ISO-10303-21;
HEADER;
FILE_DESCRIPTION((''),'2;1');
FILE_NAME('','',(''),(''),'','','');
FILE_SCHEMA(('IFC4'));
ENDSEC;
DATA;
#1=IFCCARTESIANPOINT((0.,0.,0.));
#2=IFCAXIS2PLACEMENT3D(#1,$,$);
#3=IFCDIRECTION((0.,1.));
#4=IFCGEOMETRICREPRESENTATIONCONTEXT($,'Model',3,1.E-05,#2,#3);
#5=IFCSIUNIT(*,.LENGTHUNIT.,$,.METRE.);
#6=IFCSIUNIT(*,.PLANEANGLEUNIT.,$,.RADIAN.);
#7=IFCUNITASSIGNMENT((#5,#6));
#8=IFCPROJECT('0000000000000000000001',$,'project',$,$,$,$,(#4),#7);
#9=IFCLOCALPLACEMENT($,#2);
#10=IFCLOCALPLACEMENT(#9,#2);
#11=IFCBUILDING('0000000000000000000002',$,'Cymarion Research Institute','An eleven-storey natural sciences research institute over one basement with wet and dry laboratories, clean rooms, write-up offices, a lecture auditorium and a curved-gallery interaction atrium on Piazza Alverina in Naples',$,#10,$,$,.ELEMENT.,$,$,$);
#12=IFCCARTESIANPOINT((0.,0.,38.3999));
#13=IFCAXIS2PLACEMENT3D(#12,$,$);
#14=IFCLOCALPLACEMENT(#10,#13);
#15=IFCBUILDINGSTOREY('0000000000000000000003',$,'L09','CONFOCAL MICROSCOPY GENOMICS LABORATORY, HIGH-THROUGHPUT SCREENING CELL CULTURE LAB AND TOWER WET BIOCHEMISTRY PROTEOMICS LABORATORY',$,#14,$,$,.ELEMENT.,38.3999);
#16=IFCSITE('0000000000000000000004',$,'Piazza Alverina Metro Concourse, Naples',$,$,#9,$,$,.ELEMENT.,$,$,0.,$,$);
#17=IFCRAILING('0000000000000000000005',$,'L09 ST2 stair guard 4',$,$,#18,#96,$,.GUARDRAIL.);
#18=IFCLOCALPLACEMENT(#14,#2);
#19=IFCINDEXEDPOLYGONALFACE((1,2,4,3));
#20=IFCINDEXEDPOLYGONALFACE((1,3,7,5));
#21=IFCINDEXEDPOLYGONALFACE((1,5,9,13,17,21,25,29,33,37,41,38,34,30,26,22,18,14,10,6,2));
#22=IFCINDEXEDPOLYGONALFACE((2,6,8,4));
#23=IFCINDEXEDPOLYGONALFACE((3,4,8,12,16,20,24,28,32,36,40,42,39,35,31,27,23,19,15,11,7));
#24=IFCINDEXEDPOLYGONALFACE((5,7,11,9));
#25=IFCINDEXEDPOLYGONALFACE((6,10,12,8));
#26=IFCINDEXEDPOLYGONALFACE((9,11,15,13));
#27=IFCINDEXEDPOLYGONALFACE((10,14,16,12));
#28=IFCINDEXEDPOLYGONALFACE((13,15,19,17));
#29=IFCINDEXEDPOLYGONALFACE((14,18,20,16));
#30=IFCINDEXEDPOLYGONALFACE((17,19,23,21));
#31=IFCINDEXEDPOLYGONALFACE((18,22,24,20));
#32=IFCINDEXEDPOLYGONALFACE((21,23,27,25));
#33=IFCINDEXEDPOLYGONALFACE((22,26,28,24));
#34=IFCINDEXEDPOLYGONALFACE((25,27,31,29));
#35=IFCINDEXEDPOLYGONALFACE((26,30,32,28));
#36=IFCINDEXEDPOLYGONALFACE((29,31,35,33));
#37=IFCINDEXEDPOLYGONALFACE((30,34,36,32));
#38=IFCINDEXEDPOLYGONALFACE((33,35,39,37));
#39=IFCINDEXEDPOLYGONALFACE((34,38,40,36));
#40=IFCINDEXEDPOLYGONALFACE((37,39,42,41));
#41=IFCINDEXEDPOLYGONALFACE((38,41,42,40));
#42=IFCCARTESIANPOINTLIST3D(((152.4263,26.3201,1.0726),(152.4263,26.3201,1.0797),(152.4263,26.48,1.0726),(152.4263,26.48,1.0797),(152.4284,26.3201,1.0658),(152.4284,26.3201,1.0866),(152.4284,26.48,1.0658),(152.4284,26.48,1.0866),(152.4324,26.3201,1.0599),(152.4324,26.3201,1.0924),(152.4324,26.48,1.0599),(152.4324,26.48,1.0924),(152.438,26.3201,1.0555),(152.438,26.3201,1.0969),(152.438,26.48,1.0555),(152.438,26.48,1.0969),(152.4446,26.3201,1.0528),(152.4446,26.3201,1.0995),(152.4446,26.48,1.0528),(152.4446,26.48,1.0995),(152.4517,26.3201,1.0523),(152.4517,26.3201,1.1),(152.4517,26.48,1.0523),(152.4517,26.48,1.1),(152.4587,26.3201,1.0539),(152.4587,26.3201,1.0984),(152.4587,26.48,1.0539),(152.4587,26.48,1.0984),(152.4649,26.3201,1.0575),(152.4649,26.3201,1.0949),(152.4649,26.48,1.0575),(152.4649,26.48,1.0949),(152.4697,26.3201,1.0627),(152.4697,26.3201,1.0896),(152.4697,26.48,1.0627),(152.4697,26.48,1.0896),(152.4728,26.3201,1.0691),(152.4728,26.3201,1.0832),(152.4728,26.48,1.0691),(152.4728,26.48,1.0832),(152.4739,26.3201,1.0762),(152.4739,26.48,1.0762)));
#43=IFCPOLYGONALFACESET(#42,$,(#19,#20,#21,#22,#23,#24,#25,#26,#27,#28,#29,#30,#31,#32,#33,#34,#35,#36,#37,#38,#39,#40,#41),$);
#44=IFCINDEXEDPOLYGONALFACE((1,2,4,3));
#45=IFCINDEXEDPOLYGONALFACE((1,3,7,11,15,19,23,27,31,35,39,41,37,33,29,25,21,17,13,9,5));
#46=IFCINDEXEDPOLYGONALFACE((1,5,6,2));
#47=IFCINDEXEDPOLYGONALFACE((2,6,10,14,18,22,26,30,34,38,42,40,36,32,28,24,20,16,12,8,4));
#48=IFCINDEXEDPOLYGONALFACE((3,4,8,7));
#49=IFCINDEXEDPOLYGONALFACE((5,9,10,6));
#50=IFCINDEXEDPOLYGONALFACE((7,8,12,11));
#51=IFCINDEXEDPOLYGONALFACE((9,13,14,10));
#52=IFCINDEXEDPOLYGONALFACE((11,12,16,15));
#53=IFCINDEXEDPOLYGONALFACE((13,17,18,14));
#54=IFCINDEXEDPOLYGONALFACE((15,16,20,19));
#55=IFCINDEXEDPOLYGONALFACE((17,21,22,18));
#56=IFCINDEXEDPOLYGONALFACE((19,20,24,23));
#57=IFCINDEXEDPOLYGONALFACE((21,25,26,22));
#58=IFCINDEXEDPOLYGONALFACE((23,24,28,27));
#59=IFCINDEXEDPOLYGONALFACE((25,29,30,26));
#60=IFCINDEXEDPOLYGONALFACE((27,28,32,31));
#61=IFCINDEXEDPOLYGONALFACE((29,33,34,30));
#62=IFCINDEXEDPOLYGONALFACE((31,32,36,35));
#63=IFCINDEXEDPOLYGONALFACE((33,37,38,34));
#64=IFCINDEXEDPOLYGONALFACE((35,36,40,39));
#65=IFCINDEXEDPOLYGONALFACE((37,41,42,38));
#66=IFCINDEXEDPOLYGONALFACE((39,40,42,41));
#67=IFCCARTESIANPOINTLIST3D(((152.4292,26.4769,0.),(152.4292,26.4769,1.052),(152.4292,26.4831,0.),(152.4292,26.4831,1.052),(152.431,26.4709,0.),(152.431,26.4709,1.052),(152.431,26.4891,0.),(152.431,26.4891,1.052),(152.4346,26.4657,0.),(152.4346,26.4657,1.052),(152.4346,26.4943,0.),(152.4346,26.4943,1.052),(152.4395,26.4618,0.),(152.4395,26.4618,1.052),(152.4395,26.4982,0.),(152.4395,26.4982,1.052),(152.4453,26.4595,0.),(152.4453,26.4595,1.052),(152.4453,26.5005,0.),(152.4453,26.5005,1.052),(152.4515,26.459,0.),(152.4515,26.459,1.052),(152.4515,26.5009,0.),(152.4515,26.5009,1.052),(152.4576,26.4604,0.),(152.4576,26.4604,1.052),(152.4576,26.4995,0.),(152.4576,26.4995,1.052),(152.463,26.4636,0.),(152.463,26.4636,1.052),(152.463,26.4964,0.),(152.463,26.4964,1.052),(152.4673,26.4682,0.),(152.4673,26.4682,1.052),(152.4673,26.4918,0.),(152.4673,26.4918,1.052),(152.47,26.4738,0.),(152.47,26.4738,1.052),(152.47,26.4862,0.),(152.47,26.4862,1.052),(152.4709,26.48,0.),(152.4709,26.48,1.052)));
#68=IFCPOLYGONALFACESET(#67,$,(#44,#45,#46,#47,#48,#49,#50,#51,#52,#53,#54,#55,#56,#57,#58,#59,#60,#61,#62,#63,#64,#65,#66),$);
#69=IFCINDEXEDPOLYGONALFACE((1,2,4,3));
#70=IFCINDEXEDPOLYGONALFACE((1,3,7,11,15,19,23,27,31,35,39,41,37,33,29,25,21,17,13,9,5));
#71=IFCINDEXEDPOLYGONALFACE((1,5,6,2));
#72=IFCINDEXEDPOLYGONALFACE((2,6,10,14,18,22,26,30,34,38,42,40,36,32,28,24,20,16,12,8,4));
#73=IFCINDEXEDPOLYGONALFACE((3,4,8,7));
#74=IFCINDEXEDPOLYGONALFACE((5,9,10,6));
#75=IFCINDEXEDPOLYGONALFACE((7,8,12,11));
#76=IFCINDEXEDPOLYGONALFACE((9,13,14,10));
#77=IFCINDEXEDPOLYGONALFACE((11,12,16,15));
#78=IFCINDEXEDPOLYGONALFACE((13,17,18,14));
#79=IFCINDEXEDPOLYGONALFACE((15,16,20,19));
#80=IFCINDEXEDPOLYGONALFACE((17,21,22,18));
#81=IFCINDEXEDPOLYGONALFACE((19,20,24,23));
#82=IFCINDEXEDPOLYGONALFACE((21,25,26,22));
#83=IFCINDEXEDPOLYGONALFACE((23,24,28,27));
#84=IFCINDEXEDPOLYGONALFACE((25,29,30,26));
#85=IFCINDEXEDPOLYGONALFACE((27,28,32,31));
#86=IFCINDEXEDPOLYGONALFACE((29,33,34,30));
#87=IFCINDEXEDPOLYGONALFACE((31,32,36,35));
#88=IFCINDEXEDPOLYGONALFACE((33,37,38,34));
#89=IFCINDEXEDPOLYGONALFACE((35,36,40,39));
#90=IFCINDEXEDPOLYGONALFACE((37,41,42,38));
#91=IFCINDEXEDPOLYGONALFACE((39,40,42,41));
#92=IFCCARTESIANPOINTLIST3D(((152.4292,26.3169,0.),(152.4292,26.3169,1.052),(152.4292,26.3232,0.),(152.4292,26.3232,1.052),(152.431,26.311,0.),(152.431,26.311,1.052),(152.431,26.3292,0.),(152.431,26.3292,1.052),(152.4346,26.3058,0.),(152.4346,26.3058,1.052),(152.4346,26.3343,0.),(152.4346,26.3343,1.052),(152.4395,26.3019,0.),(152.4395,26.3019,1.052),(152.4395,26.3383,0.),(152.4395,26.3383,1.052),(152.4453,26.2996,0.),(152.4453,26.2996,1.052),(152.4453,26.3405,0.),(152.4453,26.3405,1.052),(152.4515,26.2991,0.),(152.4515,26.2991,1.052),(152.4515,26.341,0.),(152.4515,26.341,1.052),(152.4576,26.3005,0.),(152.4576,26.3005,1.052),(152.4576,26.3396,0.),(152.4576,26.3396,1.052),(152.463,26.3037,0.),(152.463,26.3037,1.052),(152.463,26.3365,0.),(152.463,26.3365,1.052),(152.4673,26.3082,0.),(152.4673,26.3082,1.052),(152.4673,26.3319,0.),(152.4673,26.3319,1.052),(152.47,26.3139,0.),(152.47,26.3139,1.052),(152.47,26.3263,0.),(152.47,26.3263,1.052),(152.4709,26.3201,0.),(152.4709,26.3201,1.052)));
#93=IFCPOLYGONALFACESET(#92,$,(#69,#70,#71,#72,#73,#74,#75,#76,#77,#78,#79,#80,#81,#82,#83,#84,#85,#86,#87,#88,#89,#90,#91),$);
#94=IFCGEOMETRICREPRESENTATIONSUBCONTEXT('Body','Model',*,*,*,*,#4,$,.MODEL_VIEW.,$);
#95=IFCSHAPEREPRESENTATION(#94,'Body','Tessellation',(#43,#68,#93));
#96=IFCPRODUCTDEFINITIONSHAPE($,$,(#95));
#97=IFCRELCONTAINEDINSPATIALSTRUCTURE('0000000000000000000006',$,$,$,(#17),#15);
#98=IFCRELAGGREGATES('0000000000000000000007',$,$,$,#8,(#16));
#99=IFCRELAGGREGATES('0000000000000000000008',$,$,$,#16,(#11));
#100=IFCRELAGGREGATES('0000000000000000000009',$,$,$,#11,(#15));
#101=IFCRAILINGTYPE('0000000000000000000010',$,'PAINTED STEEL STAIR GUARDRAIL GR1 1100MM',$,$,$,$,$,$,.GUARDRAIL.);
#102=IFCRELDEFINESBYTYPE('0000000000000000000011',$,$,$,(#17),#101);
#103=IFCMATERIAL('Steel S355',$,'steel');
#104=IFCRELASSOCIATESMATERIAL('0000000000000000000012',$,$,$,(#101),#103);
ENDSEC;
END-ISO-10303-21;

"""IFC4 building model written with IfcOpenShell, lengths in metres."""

from ifc_helpers import new_model, si_unit, direction, frame, origin, origin_2d, place, context, subcontext, project, spatial, circle, extrude, material, type_object, element, save


model = new_model("IFC4")

# Units and contexts
model_context = context("Model", 3, precision=1e-05, world=origin(), true_north=direction((0.0, 1.0)))
body_context = subcontext(model_context, "Body", "Model", "MODEL_VIEW")
ifc_project = project(units=[si_unit("LENGTHUNIT", "METRE"), si_unit("PLANEANGLEUNIT", "RADIAN")], contexts=[model_context])

# Site, building, storey
site_placement = place(None, origin())
site = spatial("IfcSite", under=ifc_project, at=site_placement, Name="Piazza Alverina Metro Concourse, Naples", CompositionType="ELEMENT", RefElevation=0.0)
building_placement = place(site_placement, origin())
building = spatial("IfcBuilding", under=site, at=building_placement, Name="Cymarion Research Institute", Description="An eleven-storey natural sciences research institute over one basement with wet and dry laboratories, clean rooms, write-up offices, a lecture auditorium and a curved-gallery interaction atrium on Piazza Alverina in Naples", CompositionType="ELEMENT")
storey_placement = place(building_placement, frame((0.0, 0.0, 38.3999)))
storey = spatial("IfcBuildingStorey", under=building, at=storey_placement, Name="L09", Description="CONFOCAL MICROSCOPY GENOMICS LABORATORY, HIGH-THROUGHPUT SCREENING CELL CULTURE LAB AND TOWER WET BIOCHEMISTRY PROTEOMICS LABORATORY", CompositionType="ELEMENT", Elevation=38.3999)

# Shared definitions
ifc_material_1 = material(Name="Steel S355", Category="steel")

# Railing
railing_type_1 = type_object("IfcRailingType", Name="PAINTED STEEL STAIR GUARDRAIL GR1 1100MM", PredefinedType="GUARDRAIL", material=ifc_material_1)
railing_1_placement = place(storey_placement, frame((152.45, 26.48, 0.0)))
element("IfcRailing", 1, at=railing_1_placement, inside=storey, type_object=railing_type_1, Name="L09 ST2 stair guard 4", PredefinedType="GUARDRAIL", context=body_context, shape_type="SweptSolid", body=[
    extrude(circle(Radius=0.0239, at=origin_2d()), frame((0.0, 0.0, 1.0762), z_axis=(0.0, -1.0, 0.0), x_axis=(1.0, 0.0, 0.0)), (0.0, 0.0, 1.0), 0.1599),
    extrude(circle(Radius=0.021, at=origin_2d()), origin(), (0.0, 0.0, 1.0), 1.052),
    extrude(circle(Radius=0.021, at=origin_2d()), frame((0.0, -0.1599, 0.0)), (0.0, 0.0, 1.0), 1.052),
])

save(model, "model.ifc")
